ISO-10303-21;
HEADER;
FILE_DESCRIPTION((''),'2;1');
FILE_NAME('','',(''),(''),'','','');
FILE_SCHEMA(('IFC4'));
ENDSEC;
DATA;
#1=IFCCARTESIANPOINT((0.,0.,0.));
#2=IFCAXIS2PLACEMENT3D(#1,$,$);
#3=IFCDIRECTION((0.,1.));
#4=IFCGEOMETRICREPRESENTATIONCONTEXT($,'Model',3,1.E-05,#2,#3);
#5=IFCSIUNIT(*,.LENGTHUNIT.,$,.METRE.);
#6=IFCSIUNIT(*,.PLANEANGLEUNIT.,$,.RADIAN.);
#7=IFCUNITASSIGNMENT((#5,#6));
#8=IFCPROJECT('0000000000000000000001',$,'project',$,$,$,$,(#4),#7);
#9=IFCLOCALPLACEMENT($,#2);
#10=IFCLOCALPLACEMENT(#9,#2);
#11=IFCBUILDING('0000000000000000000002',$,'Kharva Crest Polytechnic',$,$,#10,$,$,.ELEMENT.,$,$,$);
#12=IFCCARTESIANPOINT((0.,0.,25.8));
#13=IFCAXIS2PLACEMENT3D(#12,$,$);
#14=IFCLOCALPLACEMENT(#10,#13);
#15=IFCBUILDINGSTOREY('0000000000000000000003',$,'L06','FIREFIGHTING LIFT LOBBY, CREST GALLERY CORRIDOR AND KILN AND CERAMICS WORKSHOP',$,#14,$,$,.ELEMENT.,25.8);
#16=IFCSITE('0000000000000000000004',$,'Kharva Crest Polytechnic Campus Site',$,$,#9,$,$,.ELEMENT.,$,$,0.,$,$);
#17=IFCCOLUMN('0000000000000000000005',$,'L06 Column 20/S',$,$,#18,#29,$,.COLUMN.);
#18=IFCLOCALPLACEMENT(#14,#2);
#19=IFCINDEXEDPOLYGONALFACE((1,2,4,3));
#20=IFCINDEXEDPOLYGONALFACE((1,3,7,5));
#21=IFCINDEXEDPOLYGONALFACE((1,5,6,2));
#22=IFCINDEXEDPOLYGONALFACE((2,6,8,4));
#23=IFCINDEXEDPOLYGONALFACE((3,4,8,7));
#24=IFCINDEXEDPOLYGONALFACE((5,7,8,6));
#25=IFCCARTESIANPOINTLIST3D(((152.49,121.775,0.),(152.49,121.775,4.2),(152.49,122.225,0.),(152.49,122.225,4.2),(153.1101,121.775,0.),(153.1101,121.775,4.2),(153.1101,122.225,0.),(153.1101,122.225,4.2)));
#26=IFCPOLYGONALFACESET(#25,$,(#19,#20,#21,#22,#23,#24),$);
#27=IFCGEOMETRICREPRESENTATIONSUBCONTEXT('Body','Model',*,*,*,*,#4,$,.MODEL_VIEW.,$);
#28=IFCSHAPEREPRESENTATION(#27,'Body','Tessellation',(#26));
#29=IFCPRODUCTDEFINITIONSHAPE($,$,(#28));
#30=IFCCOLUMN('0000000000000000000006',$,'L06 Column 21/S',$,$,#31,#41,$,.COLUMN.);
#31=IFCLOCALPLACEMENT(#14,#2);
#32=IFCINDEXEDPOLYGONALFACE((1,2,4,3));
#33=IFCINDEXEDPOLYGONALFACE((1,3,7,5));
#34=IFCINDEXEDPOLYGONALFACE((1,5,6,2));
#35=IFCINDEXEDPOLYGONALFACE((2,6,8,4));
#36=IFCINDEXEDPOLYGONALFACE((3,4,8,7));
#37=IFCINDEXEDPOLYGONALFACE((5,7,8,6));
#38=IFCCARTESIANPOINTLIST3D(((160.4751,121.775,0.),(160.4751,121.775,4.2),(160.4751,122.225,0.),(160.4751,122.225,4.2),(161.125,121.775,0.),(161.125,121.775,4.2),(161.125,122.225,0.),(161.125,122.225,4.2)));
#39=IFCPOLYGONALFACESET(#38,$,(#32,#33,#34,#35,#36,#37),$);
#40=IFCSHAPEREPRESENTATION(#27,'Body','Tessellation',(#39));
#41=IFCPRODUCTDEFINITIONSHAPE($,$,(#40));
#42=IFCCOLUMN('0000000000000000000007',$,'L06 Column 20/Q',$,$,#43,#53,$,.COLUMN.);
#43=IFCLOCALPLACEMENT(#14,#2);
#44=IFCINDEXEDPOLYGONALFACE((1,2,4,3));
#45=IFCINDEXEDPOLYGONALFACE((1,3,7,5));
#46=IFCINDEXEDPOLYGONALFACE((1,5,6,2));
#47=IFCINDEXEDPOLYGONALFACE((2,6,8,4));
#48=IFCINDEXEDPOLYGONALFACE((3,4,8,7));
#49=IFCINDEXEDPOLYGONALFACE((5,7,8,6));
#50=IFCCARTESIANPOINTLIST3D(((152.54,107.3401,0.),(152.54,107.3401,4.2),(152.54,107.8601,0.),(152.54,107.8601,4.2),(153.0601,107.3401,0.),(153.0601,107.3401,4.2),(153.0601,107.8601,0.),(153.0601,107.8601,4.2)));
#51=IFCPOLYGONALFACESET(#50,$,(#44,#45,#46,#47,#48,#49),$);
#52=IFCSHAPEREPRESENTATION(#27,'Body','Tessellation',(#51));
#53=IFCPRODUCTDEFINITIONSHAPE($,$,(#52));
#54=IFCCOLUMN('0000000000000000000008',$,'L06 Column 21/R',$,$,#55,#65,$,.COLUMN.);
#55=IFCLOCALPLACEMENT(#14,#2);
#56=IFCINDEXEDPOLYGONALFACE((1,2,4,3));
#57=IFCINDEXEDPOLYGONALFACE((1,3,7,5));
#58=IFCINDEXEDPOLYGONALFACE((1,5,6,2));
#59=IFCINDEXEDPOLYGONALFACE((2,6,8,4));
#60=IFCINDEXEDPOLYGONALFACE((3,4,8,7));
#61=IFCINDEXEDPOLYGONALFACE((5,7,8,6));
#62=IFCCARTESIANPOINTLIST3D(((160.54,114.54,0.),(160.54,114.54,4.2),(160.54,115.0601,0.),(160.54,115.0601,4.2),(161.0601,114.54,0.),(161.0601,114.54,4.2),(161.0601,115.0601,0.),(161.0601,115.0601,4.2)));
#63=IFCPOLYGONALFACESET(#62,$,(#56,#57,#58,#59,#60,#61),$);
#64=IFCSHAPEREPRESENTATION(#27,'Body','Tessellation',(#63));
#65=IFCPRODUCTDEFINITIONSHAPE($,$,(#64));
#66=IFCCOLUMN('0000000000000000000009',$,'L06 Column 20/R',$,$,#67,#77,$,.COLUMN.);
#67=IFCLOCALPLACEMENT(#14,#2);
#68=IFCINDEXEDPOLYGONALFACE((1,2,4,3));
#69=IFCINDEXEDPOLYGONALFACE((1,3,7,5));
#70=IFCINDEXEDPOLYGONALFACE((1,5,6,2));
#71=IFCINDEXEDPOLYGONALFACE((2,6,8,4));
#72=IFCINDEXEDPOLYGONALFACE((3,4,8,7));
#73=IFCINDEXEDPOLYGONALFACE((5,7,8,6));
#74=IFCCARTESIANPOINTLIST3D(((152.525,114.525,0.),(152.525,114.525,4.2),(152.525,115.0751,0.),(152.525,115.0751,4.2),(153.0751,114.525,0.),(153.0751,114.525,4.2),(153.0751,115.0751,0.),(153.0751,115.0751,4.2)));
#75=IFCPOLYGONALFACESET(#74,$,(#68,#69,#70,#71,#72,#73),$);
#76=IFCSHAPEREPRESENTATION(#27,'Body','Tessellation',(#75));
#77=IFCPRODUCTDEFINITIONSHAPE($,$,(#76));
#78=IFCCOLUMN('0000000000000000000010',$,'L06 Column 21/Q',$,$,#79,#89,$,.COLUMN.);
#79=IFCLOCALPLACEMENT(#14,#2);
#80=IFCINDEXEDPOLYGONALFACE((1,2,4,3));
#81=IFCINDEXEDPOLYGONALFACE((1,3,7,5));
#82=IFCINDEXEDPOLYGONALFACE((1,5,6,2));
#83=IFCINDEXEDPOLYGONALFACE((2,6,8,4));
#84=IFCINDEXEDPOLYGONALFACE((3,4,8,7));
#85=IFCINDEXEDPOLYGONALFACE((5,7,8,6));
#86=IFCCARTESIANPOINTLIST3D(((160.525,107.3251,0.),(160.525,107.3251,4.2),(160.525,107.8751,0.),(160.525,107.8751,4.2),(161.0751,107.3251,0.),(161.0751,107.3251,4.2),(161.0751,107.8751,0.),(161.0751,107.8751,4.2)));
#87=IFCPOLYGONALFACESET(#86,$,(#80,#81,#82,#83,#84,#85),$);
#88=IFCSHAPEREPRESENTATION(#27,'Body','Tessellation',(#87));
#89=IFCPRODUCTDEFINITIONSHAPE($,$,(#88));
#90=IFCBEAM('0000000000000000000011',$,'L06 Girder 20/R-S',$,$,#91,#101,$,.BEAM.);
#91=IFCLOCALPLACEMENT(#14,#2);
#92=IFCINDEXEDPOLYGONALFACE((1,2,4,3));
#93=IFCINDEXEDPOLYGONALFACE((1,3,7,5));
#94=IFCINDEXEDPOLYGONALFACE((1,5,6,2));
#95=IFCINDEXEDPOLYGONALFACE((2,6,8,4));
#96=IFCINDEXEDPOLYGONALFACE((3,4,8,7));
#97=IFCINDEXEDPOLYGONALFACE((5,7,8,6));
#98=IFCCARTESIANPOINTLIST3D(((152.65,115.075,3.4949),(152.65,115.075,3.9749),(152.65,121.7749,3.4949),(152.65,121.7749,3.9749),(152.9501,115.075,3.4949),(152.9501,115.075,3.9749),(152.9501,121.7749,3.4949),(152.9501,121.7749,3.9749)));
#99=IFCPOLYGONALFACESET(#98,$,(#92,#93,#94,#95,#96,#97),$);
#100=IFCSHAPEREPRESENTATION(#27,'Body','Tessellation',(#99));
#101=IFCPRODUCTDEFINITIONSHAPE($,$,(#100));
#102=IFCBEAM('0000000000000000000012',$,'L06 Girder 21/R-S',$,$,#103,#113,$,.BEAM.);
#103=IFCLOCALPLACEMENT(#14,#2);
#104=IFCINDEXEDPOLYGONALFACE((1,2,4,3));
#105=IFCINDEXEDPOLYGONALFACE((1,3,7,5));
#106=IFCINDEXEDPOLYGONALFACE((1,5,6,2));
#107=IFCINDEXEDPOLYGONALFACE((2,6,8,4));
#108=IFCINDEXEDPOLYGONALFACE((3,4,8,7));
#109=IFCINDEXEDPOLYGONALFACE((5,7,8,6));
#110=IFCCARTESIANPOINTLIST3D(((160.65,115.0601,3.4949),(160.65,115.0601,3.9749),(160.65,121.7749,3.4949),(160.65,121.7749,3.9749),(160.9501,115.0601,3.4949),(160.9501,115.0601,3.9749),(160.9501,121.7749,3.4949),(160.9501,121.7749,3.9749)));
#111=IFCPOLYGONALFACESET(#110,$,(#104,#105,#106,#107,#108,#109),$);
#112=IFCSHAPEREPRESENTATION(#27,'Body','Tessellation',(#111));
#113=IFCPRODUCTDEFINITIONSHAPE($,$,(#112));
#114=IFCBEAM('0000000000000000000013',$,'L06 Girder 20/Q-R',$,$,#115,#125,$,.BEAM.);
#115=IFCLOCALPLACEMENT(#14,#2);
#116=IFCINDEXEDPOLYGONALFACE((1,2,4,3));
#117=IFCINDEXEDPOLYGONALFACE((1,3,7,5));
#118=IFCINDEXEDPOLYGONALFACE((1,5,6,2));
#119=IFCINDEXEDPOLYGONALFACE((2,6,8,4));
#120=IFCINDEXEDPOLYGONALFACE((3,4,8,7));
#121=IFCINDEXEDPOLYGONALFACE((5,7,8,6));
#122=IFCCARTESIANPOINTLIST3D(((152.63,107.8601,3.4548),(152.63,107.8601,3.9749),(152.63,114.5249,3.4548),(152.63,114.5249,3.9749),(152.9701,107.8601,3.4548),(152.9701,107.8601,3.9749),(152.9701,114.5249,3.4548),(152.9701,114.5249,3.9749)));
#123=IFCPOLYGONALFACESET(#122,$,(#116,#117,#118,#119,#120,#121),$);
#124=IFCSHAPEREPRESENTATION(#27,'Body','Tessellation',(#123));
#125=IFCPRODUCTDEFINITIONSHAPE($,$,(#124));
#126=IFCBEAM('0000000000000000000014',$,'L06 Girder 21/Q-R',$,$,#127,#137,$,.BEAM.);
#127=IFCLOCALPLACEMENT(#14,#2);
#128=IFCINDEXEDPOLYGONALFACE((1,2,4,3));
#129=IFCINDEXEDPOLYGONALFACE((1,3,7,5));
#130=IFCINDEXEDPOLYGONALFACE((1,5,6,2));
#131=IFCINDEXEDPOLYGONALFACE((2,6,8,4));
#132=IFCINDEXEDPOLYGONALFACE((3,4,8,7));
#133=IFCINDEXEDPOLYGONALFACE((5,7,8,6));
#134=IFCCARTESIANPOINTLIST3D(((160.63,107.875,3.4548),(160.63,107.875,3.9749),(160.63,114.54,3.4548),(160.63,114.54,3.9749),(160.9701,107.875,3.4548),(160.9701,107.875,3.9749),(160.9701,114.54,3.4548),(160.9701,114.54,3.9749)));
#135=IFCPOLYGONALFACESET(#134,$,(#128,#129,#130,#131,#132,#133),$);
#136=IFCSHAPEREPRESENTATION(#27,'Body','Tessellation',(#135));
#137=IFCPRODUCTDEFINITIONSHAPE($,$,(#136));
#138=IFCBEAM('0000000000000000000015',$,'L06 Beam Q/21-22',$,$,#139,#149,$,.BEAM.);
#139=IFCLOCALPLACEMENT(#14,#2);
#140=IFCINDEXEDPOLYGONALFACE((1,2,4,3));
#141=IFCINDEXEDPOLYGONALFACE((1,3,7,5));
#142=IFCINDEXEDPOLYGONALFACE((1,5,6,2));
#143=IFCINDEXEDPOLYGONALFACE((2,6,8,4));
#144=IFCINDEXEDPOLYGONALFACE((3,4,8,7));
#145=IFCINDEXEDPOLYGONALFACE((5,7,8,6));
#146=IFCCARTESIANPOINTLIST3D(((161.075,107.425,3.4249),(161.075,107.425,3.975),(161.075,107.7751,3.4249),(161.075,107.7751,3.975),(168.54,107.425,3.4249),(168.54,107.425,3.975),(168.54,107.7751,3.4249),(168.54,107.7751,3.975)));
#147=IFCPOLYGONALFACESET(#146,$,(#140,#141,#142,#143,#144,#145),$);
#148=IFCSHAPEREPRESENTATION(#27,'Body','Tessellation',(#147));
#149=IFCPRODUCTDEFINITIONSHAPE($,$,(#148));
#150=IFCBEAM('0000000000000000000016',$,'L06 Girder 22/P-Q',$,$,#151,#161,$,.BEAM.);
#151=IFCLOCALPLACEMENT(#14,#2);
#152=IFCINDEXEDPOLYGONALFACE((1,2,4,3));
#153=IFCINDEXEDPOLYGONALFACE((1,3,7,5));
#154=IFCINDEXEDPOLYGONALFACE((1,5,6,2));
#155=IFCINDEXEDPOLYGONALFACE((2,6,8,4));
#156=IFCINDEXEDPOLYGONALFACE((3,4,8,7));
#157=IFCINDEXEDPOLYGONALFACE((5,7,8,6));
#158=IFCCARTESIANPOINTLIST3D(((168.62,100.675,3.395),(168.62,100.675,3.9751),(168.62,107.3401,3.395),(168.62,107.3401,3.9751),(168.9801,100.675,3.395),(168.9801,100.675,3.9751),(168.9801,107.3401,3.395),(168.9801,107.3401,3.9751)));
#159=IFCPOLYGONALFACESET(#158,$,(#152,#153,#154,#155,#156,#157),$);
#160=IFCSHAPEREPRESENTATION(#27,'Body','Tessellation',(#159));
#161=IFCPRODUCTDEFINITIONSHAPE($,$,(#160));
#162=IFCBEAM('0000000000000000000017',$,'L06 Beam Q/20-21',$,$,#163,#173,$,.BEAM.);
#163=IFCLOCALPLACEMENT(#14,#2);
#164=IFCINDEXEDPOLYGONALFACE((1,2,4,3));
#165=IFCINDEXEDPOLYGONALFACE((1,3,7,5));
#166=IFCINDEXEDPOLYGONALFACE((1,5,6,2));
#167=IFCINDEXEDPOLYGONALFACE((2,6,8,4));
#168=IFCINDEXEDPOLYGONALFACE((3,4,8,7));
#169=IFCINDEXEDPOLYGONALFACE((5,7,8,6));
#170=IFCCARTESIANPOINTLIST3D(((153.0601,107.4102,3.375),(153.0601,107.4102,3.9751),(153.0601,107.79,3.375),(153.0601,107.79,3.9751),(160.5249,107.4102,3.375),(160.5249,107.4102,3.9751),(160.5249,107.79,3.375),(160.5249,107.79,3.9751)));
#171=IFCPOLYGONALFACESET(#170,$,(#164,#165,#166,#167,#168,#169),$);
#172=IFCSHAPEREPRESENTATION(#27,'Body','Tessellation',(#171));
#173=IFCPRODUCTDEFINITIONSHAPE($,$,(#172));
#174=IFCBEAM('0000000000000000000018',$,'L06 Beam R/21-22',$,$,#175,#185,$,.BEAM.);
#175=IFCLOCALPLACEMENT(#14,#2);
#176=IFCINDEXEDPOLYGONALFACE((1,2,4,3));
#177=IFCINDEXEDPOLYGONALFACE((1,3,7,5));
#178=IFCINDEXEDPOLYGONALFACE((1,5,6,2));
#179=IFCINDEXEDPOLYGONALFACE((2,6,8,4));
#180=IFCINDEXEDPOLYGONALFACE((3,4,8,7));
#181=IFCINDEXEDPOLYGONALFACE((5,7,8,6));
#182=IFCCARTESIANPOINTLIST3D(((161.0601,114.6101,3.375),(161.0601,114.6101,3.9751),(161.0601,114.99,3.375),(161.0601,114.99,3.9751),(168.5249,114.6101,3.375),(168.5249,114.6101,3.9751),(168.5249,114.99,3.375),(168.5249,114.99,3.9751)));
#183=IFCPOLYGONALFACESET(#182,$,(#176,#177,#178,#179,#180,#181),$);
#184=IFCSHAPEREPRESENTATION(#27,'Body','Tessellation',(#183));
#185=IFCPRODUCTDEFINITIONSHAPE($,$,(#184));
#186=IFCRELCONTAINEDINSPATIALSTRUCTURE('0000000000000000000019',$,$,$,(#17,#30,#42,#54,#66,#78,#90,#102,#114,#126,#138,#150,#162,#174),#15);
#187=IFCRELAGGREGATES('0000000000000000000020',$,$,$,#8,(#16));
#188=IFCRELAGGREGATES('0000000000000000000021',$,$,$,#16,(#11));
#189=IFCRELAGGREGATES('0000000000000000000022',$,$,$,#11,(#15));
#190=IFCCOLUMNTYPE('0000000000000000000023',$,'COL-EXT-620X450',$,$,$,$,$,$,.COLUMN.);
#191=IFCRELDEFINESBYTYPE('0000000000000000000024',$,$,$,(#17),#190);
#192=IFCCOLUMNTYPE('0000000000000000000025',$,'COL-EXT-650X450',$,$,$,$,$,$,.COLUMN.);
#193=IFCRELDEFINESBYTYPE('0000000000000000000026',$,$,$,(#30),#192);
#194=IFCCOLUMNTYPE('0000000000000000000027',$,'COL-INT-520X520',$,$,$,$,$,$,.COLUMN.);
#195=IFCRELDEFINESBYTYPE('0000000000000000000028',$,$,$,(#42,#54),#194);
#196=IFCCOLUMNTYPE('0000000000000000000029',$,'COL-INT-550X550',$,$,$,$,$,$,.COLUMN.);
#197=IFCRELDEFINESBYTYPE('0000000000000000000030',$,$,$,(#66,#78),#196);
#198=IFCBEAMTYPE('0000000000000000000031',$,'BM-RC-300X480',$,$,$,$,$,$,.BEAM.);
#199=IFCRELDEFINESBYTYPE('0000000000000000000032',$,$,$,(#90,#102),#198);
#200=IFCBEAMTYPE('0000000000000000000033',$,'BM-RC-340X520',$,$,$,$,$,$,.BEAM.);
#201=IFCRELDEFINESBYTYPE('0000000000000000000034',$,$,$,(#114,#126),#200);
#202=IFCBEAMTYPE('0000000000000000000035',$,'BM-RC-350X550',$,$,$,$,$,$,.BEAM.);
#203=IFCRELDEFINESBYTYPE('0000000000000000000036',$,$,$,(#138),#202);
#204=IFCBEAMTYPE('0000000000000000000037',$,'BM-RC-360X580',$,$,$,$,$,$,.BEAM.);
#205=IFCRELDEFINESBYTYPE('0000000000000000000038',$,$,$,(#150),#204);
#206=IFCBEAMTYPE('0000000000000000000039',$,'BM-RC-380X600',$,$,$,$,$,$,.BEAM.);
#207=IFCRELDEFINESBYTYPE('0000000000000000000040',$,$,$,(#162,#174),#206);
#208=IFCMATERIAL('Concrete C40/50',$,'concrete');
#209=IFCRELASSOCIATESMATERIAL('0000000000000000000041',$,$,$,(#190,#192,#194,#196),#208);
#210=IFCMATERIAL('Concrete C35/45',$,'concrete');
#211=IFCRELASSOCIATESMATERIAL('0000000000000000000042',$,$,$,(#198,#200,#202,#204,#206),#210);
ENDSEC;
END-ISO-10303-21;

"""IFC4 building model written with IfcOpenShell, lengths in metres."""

from ifc_helpers import new_model, si_unit, direction, frame, origin, origin_2d, place, context, subcontext, project, spatial, rectangle, extrude, material, material_profile, profile_set, type_object, element, save


model = new_model("IFC4")

# Units and contexts
model_context = context("Model", 3, precision=1e-05, world=origin(), true_north=direction((0.0, 1.0)))
body_context = subcontext(model_context, "Body", "Model", "MODEL_VIEW")
ifc_project = project(units=[si_unit("LENGTHUNIT", "METRE"), si_unit("PLANEANGLEUNIT", "RADIAN")], contexts=[model_context])

# Site, building, storey
site_placement = place(None, origin())
site = spatial("IfcSite", under=ifc_project, at=site_placement, Name="Kharva Crest Polytechnic Campus Site", CompositionType="ELEMENT", RefElevation=0.0)
building_placement = place(site_placement, origin())
building = spatial("IfcBuilding", under=site, at=building_placement, Name="Kharva Crest Polytechnic", CompositionType="ELEMENT")
storey_placement = place(building_placement, frame((0.0, 0.0, 25.8)))
storey = spatial("IfcBuildingStorey", under=building, at=storey_placement, Name="L06", Description="FIREFIGHTING LIFT LOBBY, CREST GALLERY CORRIDOR AND KILN AND CERAMICS WORKSHOP", CompositionType="ELEMENT", Elevation=25.8)

# Columns
ifc_material_1 = material(Name="Concrete C40/50", Category="concrete")
ifc_material_profile_1 = material_profile(ifc_material_1, rectangle(XDim=0.6201, YDim=0.45, at=origin_2d()), Name="RECT 620 X 450")
ifc_profile_set_1 = profile_set([ifc_material_profile_1], Name="Concrete C40/50")
column_type_1 = type_object("IfcColumnType", Name="COL-EXT-620X450", PredefinedType="COLUMN", material=ifc_profile_set_1)
column_1_placement = place(storey_placement, frame((152.8, 122.0, 0.0), z_axis=(0.0, 0.0, 1.0), x_axis=(1.0, 0.0, 0.0)))
element("IfcColumn", 1, at=column_1_placement, inside=storey, type_object=column_type_1, Name="L06 Column 20/S", PredefinedType="COLUMN", context=body_context, shape_type="SweptSolid", body=[
    extrude(rectangle(XDim=0.6201, YDim=0.45, at=origin_2d()), origin(), (0.0, 0.0, 1.0), 4.2),
])
ifc_material_profile_2 = material_profile(ifc_material_1, rectangle(XDim=0.6499, YDim=0.45, at=origin_2d()), Name="RECT 650 X 450")
ifc_profile_set_2 = profile_set([ifc_material_profile_2], Name="Concrete C40/50")
column_type_2 = type_object("IfcColumnType", Name="COL-EXT-650X450", PredefinedType="COLUMN", material=ifc_profile_set_2)
column_2_placement = place(storey_placement, frame((160.8, 122.0, 0.0), z_axis=(0.0, 0.0, 1.0), x_axis=(1.0, 0.0, 0.0)))
element("IfcColumn", 2, at=column_2_placement, inside=storey, type_object=column_type_2, Name="L06 Column 21/S", PredefinedType="COLUMN", context=body_context, shape_type="SweptSolid", body=[
    extrude(rectangle(XDim=0.6499, YDim=0.45, at=origin_2d()), origin(), (0.0, 0.0, 1.0), 4.2),
])
ifc_material_profile_3 = material_profile(ifc_material_1, rectangle(XDim=0.52, YDim=0.52, at=origin_2d()), Name="RECT 520 X 520")
ifc_profile_set_3 = profile_set([ifc_material_profile_3], Name="Concrete C40/50")
column_type_3 = type_object("IfcColumnType", Name="COL-INT-520X520", PredefinedType="COLUMN", material=ifc_profile_set_3)
for number, where, z_axis, x_axis, name in (
    (3, (152.8, 107.6001, 0.0), (0.0, 0.0, 1.0), (1.0, 0.0, 0.0), "L06 Column 20/Q"),
    (4, (160.8, 114.8, 0.0), (0.0, 0.0, 1.0), (1.0, 0.0, 0.0), "L06 Column 21/R"),
):
    element("IfcColumn", number, at=place(storey_placement, frame(where, z_axis=z_axis, x_axis=x_axis)), inside=storey, type_object=column_type_3, Name=name, PredefinedType="COLUMN", context=body_context, shape_type="SweptSolid", body=[
        extrude(rectangle(XDim=0.52, YDim=0.52, at=origin_2d()), origin(), (0.0, 0.0, 1.0), 4.2),
    ])
ifc_material_profile_4 = material_profile(ifc_material_1, rectangle(XDim=0.55, YDim=0.55, at=origin_2d()), Name="RECT 550 X 550")
ifc_profile_set_4 = profile_set([ifc_material_profile_4], Name="Concrete C40/50")
column_type_4 = type_object("IfcColumnType", Name="COL-INT-550X550", PredefinedType="COLUMN", material=ifc_profile_set_4)
for number, where, z_axis, x_axis, name in (
    (5, (152.8, 114.8, 0.0), (0.0, 0.0, 1.0), (1.0, 0.0, 0.0), "L06 Column 20/R"),
    (6, (160.8, 107.6001, 0.0), (0.0, 0.0, 1.0), (1.0, 0.0, 0.0), "L06 Column 21/Q"),
):
    element("IfcColumn", number, at=place(storey_placement, frame(where, z_axis=z_axis, x_axis=x_axis)), inside=storey, type_object=column_type_4, Name=name, PredefinedType="COLUMN", context=body_context, shape_type="SweptSolid", body=[
        extrude(rectangle(XDim=0.55, YDim=0.55, at=origin_2d()), origin(), (0.0, 0.0, 1.0), 4.2),
    ])

# Beams
ifc_material_2 = material(Name="Concrete C35/45", Category="concrete")
ifc_material_profile_5 = material_profile(ifc_material_2, rectangle(XDim=0.3, YDim=0.48, at=origin_2d()), Name="RECT 300 X 480")
ifc_profile_set_5 = profile_set([ifc_material_profile_5], Name="Concrete C35/45")
beam_type_1 = type_object("IfcBeamType", Name="BM-RC-300X480", PredefinedType="BEAM", material=ifc_profile_set_5)
beam_1_placement = place(storey_placement, frame((152.8, 115.075, 3.7349), z_axis=(0.0, 1.0, 0.0), x_axis=(-1.0, 0.0, 0.0)))
element("IfcBeam", 7, at=beam_1_placement, inside=storey, type_object=beam_type_1, Name="L06 Girder 20/R-S", PredefinedType="BEAM", context=body_context, shape_type="SweptSolid", body=[
    extrude(rectangle(XDim=0.3, YDim=0.48, at=origin_2d()), origin(), (0.0, 0.0, 1.0), 6.7),
])
beam_2_placement = place(storey_placement, frame((160.8, 115.0601, 3.7349), z_axis=(0.0, 1.0, 0.0), x_axis=(-1.0, 0.0, 0.0)))
element("IfcBeam", 8, at=beam_2_placement, inside=storey, type_object=beam_type_1, Name="L06 Girder 21/R-S", PredefinedType="BEAM", context=body_context, shape_type="SweptSolid", body=[
    extrude(rectangle(XDim=0.3, YDim=0.48, at=origin_2d()), origin(), (0.0, 0.0, 1.0), 6.7148),
])
ifc_material_profile_6 = material_profile(ifc_material_2, rectangle(XDim=0.3401, YDim=0.52, at=origin_2d()), Name="RECT 340 X 520")
ifc_profile_set_6 = profile_set([ifc_material_profile_6], Name="Concrete C35/45")
beam_type_2 = type_object("IfcBeamType", Name="BM-RC-340X520", PredefinedType="BEAM", material=ifc_profile_set_6)
beam_3_placement = place(storey_placement, frame((152.8, 107.8601, 3.7148), z_axis=(0.0, 1.0, 0.0), x_axis=(-1.0, 0.0, 0.0)))
element("IfcBeam", 9, at=beam_3_placement, inside=storey, type_object=beam_type_2, Name="L06 Girder 20/Q-R", PredefinedType="BEAM", context=body_context, shape_type="SweptSolid", body=[
    extrude(rectangle(XDim=0.3401, YDim=0.52, at=origin_2d()), origin(), (0.0, 0.0, 1.0), 6.6648),
])
beam_4_placement = place(storey_placement, frame((160.8, 107.875, 3.7148), z_axis=(0.0, 1.0, 0.0), x_axis=(-1.0, 0.0, 0.0)))
element("IfcBeam", 10, at=beam_4_placement, inside=storey, type_object=beam_type_2, Name="L06 Girder 21/Q-R", PredefinedType="BEAM", context=body_context, shape_type="SweptSolid", body=[
    extrude(rectangle(XDim=0.3401, YDim=0.52, at=origin_2d()), origin(), (0.0, 0.0, 1.0), 6.665),
])
ifc_material_profile_7 = material_profile(ifc_material_2, rectangle(XDim=0.3501, YDim=0.55, at=origin_2d()), Name="RECT 350 X 550")
ifc_profile_set_7 = profile_set([ifc_material_profile_7], Name="Concrete C35/45")
beam_type_3 = type_object("IfcBeamType", Name="BM-RC-350X550", PredefinedType="BEAM", material=ifc_profile_set_7)
beam_5_placement = place(storey_placement, frame((161.075, 107.6001, 3.7), z_axis=(1.0, 0.0, 0.0), x_axis=(0.0, 1.0, 0.0)))
element("IfcBeam", 11, at=beam_5_placement, inside=storey, type_object=beam_type_3, Name="L06 Beam Q/21-22", PredefinedType="BEAM", context=body_context, shape_type="SweptSolid", body=[
    extrude(rectangle(XDim=0.3501, YDim=0.55, at=origin_2d()), origin(), (0.0, 0.0, 1.0), 7.4651),
])
ifc_material_profile_8 = material_profile(ifc_material_2, rectangle(XDim=0.3601, YDim=0.5801, at=origin_2d()), Name="RECT 360 X 580")
ifc_profile_set_8 = profile_set([ifc_material_profile_8], Name="Concrete C35/45")
beam_type_4 = type_object("IfcBeamType", Name="BM-RC-360X580", PredefinedType="BEAM", material=ifc_profile_set_8)
beam_6_placement = place(storey_placement, frame((168.8, 100.675, 3.6851), z_axis=(0.0, 1.0, 0.0), x_axis=(-1.0, 0.0, 0.0)))
element("IfcBeam", 12, at=beam_6_placement, inside=storey, type_object=beam_type_4, Name="L06 Girder 22/P-Q", PredefinedType="BEAM", context=body_context, shape_type="SweptSolid", body=[
    extrude(rectangle(XDim=0.3601, YDim=0.5801, at=origin_2d()), origin(), (0.0, 0.0, 1.0), 6.665),
])
ifc_material_profile_9 = material_profile(ifc_material_2, rectangle(XDim=0.3799, YDim=0.6001, at=origin_2d()), Name="RECT 380 X 600")
ifc_profile_set_9 = profile_set([ifc_material_profile_9], Name="Concrete C35/45")
beam_type_5 = type_object("IfcBeamType", Name="BM-RC-380X600", PredefinedType="BEAM", material=ifc_profile_set_9)
for number, where, z_axis, x_axis, name in (
    (13, (153.0601, 107.6001, 3.675), (1.0, 0.0, 0.0), (0.0, 1.0, 0.0), "L06 Beam Q/20-21"),
    (14, (161.0601, 114.8, 3.675), (1.0, 0.0, 0.0), (0.0, 1.0, 0.0), "L06 Beam R/21-22"),
):
    element("IfcBeam", number, at=place(storey_placement, frame(where, z_axis=z_axis, x_axis=x_axis)), inside=storey, type_object=beam_type_5, Name=name, PredefinedType="BEAM", context=body_context, shape_type="SweptSolid", body=[
        extrude(rectangle(XDim=0.3799, YDim=0.6001, at=origin_2d()), origin(), (0.0, 0.0, 1.0), 7.4648),
    ])

save(model, "model.ifc")
